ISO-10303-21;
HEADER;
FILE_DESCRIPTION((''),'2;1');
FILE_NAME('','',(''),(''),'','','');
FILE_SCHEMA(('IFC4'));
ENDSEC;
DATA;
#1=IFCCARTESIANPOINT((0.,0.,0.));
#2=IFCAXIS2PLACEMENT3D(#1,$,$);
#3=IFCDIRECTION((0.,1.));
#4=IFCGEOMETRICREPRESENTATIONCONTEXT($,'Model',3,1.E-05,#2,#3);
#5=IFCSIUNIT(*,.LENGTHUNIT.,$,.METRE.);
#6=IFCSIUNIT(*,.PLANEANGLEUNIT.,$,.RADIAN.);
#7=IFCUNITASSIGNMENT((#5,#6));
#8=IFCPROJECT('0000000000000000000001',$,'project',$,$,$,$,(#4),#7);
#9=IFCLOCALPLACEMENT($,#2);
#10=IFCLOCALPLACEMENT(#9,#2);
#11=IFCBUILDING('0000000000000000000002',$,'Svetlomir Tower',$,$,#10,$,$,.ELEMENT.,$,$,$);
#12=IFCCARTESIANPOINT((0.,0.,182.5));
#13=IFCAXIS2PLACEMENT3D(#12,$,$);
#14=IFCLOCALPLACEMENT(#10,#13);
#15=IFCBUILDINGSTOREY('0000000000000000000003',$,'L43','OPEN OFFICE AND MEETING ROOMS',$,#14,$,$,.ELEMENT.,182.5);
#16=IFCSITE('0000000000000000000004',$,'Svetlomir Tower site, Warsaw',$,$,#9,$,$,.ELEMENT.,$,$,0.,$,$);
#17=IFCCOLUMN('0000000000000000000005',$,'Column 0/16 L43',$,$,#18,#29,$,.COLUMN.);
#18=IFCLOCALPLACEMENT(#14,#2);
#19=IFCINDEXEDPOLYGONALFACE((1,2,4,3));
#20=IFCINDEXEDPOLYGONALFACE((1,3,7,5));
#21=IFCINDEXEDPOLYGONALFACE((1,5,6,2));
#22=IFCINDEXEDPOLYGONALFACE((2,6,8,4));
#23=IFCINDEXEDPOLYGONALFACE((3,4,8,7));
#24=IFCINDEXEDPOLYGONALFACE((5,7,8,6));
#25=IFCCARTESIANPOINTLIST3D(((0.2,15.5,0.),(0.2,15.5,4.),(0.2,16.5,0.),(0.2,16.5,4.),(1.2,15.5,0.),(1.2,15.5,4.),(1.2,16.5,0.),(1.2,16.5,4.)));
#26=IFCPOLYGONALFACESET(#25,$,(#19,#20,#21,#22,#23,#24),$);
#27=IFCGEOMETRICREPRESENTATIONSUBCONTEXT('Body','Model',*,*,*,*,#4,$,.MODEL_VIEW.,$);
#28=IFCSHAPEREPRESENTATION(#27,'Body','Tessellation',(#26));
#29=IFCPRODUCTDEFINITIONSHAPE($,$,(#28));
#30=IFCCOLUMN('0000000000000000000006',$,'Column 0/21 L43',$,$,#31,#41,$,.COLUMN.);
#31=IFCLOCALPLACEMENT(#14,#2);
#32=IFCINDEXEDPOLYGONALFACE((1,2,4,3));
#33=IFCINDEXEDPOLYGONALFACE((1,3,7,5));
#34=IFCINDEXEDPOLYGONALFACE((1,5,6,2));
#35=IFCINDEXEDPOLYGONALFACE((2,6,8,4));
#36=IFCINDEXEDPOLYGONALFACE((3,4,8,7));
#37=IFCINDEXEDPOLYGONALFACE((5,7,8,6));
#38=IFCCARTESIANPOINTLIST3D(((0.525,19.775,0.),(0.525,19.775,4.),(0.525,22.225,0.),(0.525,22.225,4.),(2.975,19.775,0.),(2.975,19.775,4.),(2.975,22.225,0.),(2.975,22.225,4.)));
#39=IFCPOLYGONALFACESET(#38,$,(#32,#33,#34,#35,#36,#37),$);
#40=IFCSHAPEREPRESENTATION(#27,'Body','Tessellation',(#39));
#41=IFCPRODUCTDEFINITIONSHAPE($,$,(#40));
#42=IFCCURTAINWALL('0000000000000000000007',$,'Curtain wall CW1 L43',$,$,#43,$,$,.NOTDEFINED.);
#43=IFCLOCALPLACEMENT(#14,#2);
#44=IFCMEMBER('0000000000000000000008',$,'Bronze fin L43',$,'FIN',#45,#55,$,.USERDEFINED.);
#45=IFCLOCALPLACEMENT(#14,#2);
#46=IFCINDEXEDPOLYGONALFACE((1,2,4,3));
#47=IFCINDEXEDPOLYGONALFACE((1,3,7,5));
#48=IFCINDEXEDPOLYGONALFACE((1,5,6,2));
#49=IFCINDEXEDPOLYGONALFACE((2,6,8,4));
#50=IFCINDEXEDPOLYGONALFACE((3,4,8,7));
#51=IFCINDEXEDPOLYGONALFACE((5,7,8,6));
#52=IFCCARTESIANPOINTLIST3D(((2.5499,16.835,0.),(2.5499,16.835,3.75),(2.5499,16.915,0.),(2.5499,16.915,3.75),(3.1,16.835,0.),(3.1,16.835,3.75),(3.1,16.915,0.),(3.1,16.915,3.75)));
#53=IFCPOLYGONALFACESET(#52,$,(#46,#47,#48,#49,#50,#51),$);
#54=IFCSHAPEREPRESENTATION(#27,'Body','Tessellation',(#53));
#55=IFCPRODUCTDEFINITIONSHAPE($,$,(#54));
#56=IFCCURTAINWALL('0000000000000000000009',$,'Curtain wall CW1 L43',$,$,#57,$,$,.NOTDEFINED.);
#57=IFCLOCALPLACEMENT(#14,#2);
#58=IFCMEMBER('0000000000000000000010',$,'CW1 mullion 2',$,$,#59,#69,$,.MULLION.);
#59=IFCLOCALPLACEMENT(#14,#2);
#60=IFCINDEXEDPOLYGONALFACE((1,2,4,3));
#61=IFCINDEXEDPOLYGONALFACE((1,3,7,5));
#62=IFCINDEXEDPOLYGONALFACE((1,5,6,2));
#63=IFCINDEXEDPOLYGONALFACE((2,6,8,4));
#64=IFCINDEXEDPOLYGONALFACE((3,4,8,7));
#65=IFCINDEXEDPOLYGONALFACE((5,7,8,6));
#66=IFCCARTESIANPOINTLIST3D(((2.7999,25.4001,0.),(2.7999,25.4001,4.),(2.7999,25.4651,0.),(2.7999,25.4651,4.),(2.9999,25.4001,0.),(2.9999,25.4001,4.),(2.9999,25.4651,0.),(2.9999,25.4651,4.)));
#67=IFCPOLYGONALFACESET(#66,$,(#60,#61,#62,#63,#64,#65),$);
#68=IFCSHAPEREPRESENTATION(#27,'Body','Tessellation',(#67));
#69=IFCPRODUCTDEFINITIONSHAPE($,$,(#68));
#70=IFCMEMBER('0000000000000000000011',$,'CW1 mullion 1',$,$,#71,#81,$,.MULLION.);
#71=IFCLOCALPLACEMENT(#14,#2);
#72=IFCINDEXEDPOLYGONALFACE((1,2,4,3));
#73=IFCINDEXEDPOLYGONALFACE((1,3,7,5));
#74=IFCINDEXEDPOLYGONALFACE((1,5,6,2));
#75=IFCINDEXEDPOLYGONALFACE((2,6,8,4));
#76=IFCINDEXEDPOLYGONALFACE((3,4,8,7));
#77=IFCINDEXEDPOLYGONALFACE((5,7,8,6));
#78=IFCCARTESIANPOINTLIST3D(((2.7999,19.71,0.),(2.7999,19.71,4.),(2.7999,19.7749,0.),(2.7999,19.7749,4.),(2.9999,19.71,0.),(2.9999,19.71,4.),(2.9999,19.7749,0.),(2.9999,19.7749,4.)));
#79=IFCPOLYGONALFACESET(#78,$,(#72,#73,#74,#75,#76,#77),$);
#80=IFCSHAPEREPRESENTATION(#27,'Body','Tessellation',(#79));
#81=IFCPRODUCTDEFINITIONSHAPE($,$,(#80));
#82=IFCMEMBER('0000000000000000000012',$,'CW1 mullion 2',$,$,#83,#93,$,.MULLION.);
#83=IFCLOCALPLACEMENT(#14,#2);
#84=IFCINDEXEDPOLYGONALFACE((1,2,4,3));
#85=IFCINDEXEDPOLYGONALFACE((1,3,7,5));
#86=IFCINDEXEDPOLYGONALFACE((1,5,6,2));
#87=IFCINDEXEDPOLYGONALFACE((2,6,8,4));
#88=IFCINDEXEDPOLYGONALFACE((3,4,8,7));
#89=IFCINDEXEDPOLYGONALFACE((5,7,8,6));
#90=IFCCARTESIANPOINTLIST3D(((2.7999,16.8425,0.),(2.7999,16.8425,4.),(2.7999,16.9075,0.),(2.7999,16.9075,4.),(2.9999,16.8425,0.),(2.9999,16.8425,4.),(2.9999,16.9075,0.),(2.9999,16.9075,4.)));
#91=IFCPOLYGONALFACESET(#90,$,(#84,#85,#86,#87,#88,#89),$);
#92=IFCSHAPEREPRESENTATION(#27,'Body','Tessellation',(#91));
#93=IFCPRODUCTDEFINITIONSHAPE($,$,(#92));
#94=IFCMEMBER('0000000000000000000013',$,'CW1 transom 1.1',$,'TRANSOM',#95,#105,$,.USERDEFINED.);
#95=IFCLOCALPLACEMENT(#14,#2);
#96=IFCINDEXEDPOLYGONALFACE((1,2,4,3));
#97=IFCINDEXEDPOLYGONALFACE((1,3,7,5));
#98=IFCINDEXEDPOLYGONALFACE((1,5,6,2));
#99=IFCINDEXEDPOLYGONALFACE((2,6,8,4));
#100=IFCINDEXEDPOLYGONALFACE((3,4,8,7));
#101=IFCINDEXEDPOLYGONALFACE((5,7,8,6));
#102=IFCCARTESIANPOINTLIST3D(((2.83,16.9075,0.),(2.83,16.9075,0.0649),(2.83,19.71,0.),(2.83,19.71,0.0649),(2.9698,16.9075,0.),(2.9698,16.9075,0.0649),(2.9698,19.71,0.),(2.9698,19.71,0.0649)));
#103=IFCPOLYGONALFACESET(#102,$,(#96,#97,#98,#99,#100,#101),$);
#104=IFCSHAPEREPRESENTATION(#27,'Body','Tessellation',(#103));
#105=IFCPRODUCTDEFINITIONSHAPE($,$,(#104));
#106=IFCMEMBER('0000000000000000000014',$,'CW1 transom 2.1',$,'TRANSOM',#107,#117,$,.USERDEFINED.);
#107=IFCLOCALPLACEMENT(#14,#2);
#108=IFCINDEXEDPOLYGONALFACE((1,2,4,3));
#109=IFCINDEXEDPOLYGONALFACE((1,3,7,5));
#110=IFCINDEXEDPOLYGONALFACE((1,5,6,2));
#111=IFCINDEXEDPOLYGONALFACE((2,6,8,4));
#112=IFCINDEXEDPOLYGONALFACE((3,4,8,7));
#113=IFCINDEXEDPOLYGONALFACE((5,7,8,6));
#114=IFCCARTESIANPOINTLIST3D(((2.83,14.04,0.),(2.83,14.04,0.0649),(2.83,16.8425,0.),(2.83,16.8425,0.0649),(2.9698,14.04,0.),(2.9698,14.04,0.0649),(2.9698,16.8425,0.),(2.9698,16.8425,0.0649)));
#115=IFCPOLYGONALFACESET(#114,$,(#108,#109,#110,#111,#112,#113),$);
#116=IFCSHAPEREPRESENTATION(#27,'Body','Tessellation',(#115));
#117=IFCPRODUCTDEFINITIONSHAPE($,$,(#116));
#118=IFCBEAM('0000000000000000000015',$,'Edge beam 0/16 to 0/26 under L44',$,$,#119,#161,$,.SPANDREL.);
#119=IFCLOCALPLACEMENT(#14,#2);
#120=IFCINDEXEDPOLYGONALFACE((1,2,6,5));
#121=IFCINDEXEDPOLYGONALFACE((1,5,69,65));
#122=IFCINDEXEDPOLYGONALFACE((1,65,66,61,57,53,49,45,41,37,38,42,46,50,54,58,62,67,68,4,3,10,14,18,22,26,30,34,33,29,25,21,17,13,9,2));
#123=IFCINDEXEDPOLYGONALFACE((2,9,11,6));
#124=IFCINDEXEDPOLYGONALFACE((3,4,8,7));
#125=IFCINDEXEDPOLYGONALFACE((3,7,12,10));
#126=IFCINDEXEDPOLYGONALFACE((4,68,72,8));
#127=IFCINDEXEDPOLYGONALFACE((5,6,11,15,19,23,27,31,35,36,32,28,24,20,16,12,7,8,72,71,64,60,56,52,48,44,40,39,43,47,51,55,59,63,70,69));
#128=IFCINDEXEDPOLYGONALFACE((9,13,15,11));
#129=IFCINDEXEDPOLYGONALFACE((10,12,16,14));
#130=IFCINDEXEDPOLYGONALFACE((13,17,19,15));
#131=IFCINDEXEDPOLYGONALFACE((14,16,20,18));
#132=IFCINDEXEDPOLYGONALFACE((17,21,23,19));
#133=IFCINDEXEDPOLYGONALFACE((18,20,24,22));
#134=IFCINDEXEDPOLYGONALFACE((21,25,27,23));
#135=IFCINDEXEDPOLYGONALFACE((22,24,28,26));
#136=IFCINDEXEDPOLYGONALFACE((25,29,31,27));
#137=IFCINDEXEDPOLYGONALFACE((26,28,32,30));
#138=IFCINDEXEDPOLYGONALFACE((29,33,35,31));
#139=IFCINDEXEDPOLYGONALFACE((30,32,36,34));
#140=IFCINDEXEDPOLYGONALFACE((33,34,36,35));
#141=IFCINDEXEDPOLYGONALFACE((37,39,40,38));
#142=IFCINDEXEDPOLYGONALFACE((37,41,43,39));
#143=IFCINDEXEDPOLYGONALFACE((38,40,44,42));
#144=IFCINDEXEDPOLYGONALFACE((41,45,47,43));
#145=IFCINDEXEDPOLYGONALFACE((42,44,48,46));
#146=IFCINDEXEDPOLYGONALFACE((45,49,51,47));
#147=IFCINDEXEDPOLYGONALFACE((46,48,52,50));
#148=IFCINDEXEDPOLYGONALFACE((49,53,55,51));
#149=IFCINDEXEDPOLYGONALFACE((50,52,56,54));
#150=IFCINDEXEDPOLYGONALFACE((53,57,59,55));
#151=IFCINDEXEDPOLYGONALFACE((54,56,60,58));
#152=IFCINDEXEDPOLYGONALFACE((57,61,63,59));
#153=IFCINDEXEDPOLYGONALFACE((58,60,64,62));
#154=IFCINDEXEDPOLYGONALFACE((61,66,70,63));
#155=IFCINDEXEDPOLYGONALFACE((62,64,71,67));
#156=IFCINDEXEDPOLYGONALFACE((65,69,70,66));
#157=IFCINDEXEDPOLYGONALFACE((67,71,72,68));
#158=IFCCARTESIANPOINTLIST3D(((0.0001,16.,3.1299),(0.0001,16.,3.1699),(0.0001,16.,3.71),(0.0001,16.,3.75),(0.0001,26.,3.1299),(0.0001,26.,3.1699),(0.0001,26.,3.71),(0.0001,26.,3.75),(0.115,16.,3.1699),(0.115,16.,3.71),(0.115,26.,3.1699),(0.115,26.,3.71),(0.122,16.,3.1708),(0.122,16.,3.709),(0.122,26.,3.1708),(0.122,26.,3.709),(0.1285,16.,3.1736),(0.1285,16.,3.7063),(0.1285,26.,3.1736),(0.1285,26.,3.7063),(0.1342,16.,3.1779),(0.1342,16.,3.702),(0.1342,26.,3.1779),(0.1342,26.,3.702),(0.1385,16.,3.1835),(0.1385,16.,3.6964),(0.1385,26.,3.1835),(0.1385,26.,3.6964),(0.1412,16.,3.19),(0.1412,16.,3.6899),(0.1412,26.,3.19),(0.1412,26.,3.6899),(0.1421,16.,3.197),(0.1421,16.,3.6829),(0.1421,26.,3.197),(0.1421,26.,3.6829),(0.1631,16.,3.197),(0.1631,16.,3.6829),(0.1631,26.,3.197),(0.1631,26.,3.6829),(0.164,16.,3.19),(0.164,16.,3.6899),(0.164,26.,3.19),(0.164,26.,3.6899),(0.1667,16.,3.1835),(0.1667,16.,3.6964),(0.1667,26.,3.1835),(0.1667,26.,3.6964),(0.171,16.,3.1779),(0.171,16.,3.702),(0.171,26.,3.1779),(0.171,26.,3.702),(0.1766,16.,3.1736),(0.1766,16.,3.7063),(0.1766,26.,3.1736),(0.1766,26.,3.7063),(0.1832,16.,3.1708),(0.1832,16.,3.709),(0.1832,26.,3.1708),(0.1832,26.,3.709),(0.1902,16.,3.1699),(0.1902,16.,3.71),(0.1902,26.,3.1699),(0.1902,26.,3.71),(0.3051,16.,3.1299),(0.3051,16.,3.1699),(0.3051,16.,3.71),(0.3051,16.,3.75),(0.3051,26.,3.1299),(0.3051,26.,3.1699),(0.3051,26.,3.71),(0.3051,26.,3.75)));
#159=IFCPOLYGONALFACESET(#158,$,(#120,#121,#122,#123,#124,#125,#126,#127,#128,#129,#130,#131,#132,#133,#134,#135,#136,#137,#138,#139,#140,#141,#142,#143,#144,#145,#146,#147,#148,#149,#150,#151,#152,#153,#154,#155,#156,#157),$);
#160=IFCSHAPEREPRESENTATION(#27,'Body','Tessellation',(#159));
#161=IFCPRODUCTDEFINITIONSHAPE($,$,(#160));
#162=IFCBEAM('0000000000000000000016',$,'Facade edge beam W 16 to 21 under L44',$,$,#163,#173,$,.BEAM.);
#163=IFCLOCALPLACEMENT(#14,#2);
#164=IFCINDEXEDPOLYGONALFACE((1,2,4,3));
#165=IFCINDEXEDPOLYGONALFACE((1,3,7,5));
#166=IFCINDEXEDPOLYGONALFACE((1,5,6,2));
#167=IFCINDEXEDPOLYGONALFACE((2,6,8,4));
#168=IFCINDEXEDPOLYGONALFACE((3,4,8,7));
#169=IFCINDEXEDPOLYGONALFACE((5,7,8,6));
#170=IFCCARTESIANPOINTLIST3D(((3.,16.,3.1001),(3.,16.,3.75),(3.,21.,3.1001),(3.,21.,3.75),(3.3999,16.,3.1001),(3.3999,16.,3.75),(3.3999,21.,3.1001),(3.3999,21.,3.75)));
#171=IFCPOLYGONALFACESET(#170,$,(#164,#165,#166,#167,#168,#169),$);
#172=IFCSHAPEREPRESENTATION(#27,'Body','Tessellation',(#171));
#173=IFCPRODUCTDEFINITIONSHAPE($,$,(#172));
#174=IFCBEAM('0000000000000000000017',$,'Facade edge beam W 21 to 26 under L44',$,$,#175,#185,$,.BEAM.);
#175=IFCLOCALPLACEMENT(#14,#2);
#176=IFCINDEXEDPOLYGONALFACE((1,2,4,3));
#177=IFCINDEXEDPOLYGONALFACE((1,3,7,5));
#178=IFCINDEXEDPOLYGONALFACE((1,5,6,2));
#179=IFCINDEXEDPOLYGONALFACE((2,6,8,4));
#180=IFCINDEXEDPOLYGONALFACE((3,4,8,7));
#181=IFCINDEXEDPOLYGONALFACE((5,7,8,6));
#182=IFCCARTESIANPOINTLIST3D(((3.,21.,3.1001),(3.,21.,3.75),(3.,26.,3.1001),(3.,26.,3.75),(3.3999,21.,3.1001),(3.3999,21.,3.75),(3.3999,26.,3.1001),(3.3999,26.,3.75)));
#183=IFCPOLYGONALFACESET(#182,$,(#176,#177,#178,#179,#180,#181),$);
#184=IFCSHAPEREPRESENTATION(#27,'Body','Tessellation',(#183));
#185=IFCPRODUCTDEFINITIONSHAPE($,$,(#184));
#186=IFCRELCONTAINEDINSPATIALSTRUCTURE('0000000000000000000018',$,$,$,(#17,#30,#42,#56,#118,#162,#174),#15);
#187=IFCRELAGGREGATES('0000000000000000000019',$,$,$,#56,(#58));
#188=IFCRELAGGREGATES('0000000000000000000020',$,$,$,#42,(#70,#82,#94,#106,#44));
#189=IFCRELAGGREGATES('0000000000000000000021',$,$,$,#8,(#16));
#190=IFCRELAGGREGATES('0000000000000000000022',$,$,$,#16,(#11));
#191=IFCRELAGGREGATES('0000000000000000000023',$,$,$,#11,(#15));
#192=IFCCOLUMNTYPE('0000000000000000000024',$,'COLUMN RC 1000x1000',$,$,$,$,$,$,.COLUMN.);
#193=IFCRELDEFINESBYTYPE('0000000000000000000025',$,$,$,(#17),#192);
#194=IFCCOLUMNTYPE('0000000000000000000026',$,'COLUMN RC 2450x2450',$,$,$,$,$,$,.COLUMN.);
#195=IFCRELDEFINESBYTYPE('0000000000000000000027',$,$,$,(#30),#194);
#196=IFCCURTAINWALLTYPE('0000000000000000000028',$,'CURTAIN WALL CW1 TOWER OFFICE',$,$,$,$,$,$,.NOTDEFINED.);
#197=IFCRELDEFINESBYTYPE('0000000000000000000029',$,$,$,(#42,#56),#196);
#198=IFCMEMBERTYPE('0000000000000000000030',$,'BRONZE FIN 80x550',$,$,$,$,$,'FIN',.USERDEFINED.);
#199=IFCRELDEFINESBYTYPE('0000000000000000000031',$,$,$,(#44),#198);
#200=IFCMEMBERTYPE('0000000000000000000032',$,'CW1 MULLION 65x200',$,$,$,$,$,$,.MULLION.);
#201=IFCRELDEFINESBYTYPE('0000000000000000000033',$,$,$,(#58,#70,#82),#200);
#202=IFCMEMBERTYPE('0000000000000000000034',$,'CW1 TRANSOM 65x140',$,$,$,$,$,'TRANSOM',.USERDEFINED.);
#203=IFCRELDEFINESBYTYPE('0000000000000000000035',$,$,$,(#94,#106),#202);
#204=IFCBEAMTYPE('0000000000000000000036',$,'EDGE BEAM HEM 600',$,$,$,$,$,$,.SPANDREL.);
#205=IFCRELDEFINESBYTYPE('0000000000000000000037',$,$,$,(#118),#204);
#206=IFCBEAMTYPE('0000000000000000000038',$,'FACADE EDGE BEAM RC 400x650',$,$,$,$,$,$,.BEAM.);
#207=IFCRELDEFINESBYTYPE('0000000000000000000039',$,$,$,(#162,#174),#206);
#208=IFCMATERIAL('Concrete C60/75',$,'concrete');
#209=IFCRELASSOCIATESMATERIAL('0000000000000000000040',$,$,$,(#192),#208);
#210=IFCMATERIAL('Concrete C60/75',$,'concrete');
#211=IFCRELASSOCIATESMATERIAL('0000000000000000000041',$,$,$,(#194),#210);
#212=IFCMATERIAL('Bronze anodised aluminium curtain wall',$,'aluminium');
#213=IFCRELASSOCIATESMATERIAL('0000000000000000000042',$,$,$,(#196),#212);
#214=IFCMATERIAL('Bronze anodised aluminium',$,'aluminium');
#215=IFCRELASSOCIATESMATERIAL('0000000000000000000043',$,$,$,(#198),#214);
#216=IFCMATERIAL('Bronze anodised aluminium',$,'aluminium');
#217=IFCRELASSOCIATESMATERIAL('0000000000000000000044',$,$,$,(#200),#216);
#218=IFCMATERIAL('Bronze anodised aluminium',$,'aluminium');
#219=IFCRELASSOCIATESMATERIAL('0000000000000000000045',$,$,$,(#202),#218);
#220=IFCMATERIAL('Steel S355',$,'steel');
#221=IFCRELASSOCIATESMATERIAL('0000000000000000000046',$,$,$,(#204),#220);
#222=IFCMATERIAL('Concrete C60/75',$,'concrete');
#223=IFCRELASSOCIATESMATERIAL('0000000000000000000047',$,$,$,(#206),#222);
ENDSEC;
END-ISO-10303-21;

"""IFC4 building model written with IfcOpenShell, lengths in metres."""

from ifc_helpers import new_model, si_unit, direction, frame, origin, origin_2d, place, context, subcontext, project, spatial, rectangle, i_section, extrude, material, material_profile, profile_set, type_object, element, aggregate, save


model = new_model("IFC4")

# Units and contexts
model_context = context("Model", 3, precision=1e-05, world=origin(), true_north=direction((0.0, 1.0)))
body_context = subcontext(model_context, "Body", "Model", "MODEL_VIEW")
ifc_project = project(units=[si_unit("LENGTHUNIT", "METRE"), si_unit("PLANEANGLEUNIT", "RADIAN")], contexts=[model_context])

# Site, building, storey
site_placement = place(None, origin())
site = spatial("IfcSite", under=ifc_project, at=site_placement, Name="Svetlomir Tower site, Warsaw", CompositionType="ELEMENT", RefElevation=0.0)
building_placement = place(site_placement, origin())
building = spatial("IfcBuilding", under=site, at=building_placement, Name="Svetlomir Tower", CompositionType="ELEMENT")
storey_placement = place(building_placement, frame((0.0, 0.0, 182.5)))
storey = spatial("IfcBuildingStorey", under=building, at=storey_placement, Name="L43", Description="OPEN OFFICE AND MEETING ROOMS", CompositionType="ELEMENT", Elevation=182.5)

# Columns
ifc_material_1 = material(Name="Concrete C60/75", Category="concrete")
ifc_material_profile_1 = material_profile(ifc_material_1, rectangle(XDim=1.0, YDim=1.0, at=origin_2d()), Name="RC 1000x1000")
ifc_profile_set_1 = profile_set([ifc_material_profile_1], Name="Concrete C60/75")
column_type_1 = type_object("IfcColumnType", Name="COLUMN RC 1000x1000", PredefinedType="COLUMN", material=ifc_profile_set_1)
column_1_placement = place(storey_placement, frame((0.7, 16.0, 0.0), z_axis=(0.0, 0.0, 1.0), x_axis=(1.0, 0.0, 0.0)))
element("IfcColumn", 1, at=column_1_placement, inside=storey, type_object=column_type_1, Name="Column 0/16 L43", PredefinedType="COLUMN", context=body_context, shape_type="SweptSolid", body=[
    extrude(rectangle(XDim=1.0, YDim=1.0, at=origin_2d()), origin(), (0.0, 0.0, 1.0), 4.0),
])
ifc_material_2 = material(Name="Concrete C60/75", Category="concrete")
ifc_material_profile_2 = material_profile(ifc_material_2, rectangle(XDim=2.45, YDim=2.45, at=origin_2d()), Name="RC 2450x2450")
ifc_profile_set_2 = profile_set([ifc_material_profile_2], Name="Concrete C60/75")
column_type_2 = type_object("IfcColumnType", Name="COLUMN RC 2450x2450", PredefinedType="COLUMN", material=ifc_profile_set_2)
column_2_placement = place(storey_placement, frame((1.75, 21.0, 0.0), z_axis=(0.0, 0.0, 1.0), x_axis=(1.0, 0.0, 0.0)))
element("IfcColumn", 2, at=column_2_placement, inside=storey, type_object=column_type_2, Name="Column 0/21 L43", PredefinedType="COLUMN", context=body_context, shape_type="SweptSolid", body=[
    extrude(rectangle(XDim=2.45, YDim=2.45, at=origin_2d()), origin(), (0.0, 0.0, 1.0), 4.0),
])

# Curtain walls, members
ifc_material_3 = material(Name="Bronze anodised aluminium curtain wall", Category="aluminium")
curtain_wall_type = type_object("IfcCurtainWallType", Name="CURTAIN WALL CW1 TOWER OFFICE", PredefinedType="NOTDEFINED", material=ifc_material_3)
curtain_wall_1_placement = place(storey_placement, origin())
curtain_wall_1 = element("IfcCurtainWall", 3, at=curtain_wall_1_placement, inside=storey, type_object=curtain_wall_type, Name="Curtain wall CW1 L43", PredefinedType="NOTDEFINED")
ifc_material_4 = material(Name="Bronze anodised aluminium", Category="aluminium")
ifc_material_profile_3 = material_profile(ifc_material_4, rectangle(XDim=0.0801, YDim=0.55, at=origin_2d()), Name="FIN 80x550")
ifc_profile_set_3 = profile_set([ifc_material_profile_3], Name="Bronze anodised aluminium 6063-T6")
member_type_1 = type_object("IfcMemberType", Name="BRONZE FIN 80x550", ElementType="FIN", PredefinedType="USERDEFINED", material=ifc_profile_set_3)
member_1_placement = place(storey_placement, frame((2.825, 16.875, 0.0), z_axis=(0.0, 0.0, 1.0), x_axis=(0.0, 1.0, 0.0)))
member_1 = element("IfcMember", 4, at=member_1_placement, type_object=member_type_1, Name="Bronze fin L43", ObjectType="FIN", PredefinedType="USERDEFINED", context=body_context, shape_type="SweptSolid", body=[
    extrude(rectangle(XDim=0.0801, YDim=0.55, at=origin_2d()), origin(), (0.0, 0.0, 1.0), 3.75),
])
curtain_wall_2_placement = place(storey_placement, origin())
curtain_wall_2 = element("IfcCurtainWall", 5, at=curtain_wall_2_placement, inside=storey, type_object=curtain_wall_type, Name="Curtain wall CW1 L43", PredefinedType="NOTDEFINED")
ifc_material_5 = material(Name="Bronze anodised aluminium", Category="aluminium")
ifc_material_profile_4 = material_profile(ifc_material_5, rectangle(XDim=0.0649, YDim=0.2, at=origin_2d()), Name="AL 65x200")
ifc_profile_set_4 = profile_set([ifc_material_profile_4], Name="Bronze anodised aluminium 6063-T6")
member_type_2 = type_object("IfcMemberType", Name="CW1 MULLION 65x200", PredefinedType="MULLION", material=ifc_profile_set_4)
member_2_placement = place(storey_placement, frame((2.8999, 25.4326, 0.0), z_axis=(0.0, 0.0, 1.0), x_axis=(0.0, -1.0, 0.0)))
member_2 = element("IfcMember", 6, at=member_2_placement, type_object=member_type_2, Name="CW1 mullion 2", PredefinedType="MULLION", context=body_context, shape_type="SweptSolid", body=[
    extrude(rectangle(XDim=0.0649, YDim=0.2, at=origin_2d()), origin(), (0.0, 0.0, 1.0), 4.0),
])
aggregate(curtain_wall_2, [member_2])

# Members
member_3_placement = place(storey_placement, frame((2.8999, 19.7424, 0.0), z_axis=(0.0, 0.0, 1.0), x_axis=(0.0, -1.0, 0.0)))
member_3 = element("IfcMember", 7, at=member_3_placement, type_object=member_type_2, Name="CW1 mullion 1", PredefinedType="MULLION", context=body_context, shape_type="SweptSolid", body=[
    extrude(rectangle(XDim=0.0649, YDim=0.2, at=origin_2d()), origin(), (0.0, 0.0, 1.0), 4.0),
])
member_4_placement = place(storey_placement, frame((2.8999, 16.875, 0.0), z_axis=(0.0, 0.0, 1.0), x_axis=(0.0, -1.0, 0.0)))
member_4 = element("IfcMember", 8, at=member_4_placement, type_object=member_type_2, Name="CW1 mullion 2", PredefinedType="MULLION", context=body_context, shape_type="SweptSolid", body=[
    extrude(rectangle(XDim=0.0649, YDim=0.2, at=origin_2d()), origin(), (0.0, 0.0, 1.0), 4.0),
])
ifc_material_6 = material(Name="Bronze anodised aluminium", Category="aluminium")
ifc_material_profile_5 = material_profile(ifc_material_6, rectangle(XDim=0.1399, YDim=0.0649, at=origin_2d()), Name="AL 140x65")
ifc_profile_set_5 = profile_set([ifc_material_profile_5], Name="Bronze anodised aluminium 6063-T6")
member_type_3 = type_object("IfcMemberType", Name="CW1 TRANSOM 65x140", ElementType="TRANSOM", PredefinedType="USERDEFINED", material=ifc_profile_set_5)
member_5_placement = place(storey_placement, frame((2.8999, 19.71, 0.0325), z_axis=(0.0, -1.0, 0.0), x_axis=(1.0, 0.0, 0.0)))
member_5 = element("IfcMember", 9, at=member_5_placement, type_object=member_type_3, Name="CW1 transom 1.1", ObjectType="TRANSOM", PredefinedType="USERDEFINED", context=body_context, shape_type="SweptSolid", body=[
    extrude(rectangle(XDim=0.1399, YDim=0.0649, at=origin_2d()), origin(), (0.0, 0.0, 1.0), 2.8025),
])
member_6_placement = place(storey_placement, frame((2.8999, 16.8425, 0.0325), z_axis=(0.0, -1.0, 0.0), x_axis=(1.0, 0.0, 0.0)))
member_6 = element("IfcMember", 10, at=member_6_placement, type_object=member_type_3, Name="CW1 transom 2.1", ObjectType="TRANSOM", PredefinedType="USERDEFINED", context=body_context, shape_type="SweptSolid", body=[
    extrude(rectangle(XDim=0.1399, YDim=0.0649, at=origin_2d()), origin(), (0.0, 0.0, 1.0), 2.8025),
])

# Beams
ifc_material_7 = material(Name="Steel S355", Category="steel")
ifc_material_profile_6 = material_profile(ifc_material_7, i_section(OverallWidth=0.3049, OverallDepth=0.6201, WebThickness=0.021, FlangeThickness=0.04, FilletRadius=0.0271, at=origin_2d()), Name="HEM 600")
ifc_profile_set_6 = profile_set([ifc_material_profile_6], Name="Steel S355")
beam_type_1 = type_object("IfcBeamType", Name="EDGE BEAM HEM 600", PredefinedType="SPANDREL", material=ifc_profile_set_6)
beam_1_placement = place(storey_placement, frame((0.1526, 16.0, 3.4399), z_axis=(0.0, 1.0, 0.0), x_axis=(-1.0, 0.0, 0.0)))
element("IfcBeam", 11, at=beam_1_placement, inside=storey, type_object=beam_type_1, Name="Edge beam 0/16 to 0/26 under L44", PredefinedType="SPANDREL", context=body_context, shape_type="SweptSolid", body=[
    extrude(i_section(OverallWidth=0.3049, OverallDepth=0.6201, WebThickness=0.021, FlangeThickness=0.04, FilletRadius=0.0271, at=origin_2d()), origin(), (0.0, 0.0, 1.0), 10.0),
])
ifc_material_8 = material(Name="Concrete C60/75", Category="concrete")
ifc_material_profile_7 = material_profile(ifc_material_8, rectangle(XDim=0.3999, YDim=0.6499, at=origin_2d()), Name="RC 400x650")
ifc_profile_set_7 = profile_set([ifc_material_profile_7], Name="Concrete C60/75")
beam_type_2 = type_object("IfcBeamType", Name="FACADE EDGE BEAM RC 400x650", PredefinedType="BEAM", material=ifc_profile_set_7)
for number, where, z_axis, x_axis, name in (
    (12, (3.2, 16.0, 3.425), (0.0, 1.0, 0.0), (-1.0, 0.0, 0.0), "Facade edge beam W 16 to 21 under L44"),
    (13, (3.2, 21.0, 3.425), (0.0, 1.0, 0.0), (-1.0, 0.0, 0.0), "Facade edge beam W 21 to 26 under L44"),
):
    element("IfcBeam", number, at=place(storey_placement, frame(where, z_axis=z_axis, x_axis=x_axis)), inside=storey, type_object=beam_type_2, Name=name, PredefinedType="BEAM", context=body_context, shape_type="SweptSolid", body=[
        extrude(rectangle(XDim=0.3999, YDim=0.6499, at=origin_2d()), origin(), (0.0, 0.0, 1.0), 5.0),
    ])

aggregate(curtain_wall_1, [member_3, member_4, member_5, member_6, member_1])

save(model, "model.ifc")
